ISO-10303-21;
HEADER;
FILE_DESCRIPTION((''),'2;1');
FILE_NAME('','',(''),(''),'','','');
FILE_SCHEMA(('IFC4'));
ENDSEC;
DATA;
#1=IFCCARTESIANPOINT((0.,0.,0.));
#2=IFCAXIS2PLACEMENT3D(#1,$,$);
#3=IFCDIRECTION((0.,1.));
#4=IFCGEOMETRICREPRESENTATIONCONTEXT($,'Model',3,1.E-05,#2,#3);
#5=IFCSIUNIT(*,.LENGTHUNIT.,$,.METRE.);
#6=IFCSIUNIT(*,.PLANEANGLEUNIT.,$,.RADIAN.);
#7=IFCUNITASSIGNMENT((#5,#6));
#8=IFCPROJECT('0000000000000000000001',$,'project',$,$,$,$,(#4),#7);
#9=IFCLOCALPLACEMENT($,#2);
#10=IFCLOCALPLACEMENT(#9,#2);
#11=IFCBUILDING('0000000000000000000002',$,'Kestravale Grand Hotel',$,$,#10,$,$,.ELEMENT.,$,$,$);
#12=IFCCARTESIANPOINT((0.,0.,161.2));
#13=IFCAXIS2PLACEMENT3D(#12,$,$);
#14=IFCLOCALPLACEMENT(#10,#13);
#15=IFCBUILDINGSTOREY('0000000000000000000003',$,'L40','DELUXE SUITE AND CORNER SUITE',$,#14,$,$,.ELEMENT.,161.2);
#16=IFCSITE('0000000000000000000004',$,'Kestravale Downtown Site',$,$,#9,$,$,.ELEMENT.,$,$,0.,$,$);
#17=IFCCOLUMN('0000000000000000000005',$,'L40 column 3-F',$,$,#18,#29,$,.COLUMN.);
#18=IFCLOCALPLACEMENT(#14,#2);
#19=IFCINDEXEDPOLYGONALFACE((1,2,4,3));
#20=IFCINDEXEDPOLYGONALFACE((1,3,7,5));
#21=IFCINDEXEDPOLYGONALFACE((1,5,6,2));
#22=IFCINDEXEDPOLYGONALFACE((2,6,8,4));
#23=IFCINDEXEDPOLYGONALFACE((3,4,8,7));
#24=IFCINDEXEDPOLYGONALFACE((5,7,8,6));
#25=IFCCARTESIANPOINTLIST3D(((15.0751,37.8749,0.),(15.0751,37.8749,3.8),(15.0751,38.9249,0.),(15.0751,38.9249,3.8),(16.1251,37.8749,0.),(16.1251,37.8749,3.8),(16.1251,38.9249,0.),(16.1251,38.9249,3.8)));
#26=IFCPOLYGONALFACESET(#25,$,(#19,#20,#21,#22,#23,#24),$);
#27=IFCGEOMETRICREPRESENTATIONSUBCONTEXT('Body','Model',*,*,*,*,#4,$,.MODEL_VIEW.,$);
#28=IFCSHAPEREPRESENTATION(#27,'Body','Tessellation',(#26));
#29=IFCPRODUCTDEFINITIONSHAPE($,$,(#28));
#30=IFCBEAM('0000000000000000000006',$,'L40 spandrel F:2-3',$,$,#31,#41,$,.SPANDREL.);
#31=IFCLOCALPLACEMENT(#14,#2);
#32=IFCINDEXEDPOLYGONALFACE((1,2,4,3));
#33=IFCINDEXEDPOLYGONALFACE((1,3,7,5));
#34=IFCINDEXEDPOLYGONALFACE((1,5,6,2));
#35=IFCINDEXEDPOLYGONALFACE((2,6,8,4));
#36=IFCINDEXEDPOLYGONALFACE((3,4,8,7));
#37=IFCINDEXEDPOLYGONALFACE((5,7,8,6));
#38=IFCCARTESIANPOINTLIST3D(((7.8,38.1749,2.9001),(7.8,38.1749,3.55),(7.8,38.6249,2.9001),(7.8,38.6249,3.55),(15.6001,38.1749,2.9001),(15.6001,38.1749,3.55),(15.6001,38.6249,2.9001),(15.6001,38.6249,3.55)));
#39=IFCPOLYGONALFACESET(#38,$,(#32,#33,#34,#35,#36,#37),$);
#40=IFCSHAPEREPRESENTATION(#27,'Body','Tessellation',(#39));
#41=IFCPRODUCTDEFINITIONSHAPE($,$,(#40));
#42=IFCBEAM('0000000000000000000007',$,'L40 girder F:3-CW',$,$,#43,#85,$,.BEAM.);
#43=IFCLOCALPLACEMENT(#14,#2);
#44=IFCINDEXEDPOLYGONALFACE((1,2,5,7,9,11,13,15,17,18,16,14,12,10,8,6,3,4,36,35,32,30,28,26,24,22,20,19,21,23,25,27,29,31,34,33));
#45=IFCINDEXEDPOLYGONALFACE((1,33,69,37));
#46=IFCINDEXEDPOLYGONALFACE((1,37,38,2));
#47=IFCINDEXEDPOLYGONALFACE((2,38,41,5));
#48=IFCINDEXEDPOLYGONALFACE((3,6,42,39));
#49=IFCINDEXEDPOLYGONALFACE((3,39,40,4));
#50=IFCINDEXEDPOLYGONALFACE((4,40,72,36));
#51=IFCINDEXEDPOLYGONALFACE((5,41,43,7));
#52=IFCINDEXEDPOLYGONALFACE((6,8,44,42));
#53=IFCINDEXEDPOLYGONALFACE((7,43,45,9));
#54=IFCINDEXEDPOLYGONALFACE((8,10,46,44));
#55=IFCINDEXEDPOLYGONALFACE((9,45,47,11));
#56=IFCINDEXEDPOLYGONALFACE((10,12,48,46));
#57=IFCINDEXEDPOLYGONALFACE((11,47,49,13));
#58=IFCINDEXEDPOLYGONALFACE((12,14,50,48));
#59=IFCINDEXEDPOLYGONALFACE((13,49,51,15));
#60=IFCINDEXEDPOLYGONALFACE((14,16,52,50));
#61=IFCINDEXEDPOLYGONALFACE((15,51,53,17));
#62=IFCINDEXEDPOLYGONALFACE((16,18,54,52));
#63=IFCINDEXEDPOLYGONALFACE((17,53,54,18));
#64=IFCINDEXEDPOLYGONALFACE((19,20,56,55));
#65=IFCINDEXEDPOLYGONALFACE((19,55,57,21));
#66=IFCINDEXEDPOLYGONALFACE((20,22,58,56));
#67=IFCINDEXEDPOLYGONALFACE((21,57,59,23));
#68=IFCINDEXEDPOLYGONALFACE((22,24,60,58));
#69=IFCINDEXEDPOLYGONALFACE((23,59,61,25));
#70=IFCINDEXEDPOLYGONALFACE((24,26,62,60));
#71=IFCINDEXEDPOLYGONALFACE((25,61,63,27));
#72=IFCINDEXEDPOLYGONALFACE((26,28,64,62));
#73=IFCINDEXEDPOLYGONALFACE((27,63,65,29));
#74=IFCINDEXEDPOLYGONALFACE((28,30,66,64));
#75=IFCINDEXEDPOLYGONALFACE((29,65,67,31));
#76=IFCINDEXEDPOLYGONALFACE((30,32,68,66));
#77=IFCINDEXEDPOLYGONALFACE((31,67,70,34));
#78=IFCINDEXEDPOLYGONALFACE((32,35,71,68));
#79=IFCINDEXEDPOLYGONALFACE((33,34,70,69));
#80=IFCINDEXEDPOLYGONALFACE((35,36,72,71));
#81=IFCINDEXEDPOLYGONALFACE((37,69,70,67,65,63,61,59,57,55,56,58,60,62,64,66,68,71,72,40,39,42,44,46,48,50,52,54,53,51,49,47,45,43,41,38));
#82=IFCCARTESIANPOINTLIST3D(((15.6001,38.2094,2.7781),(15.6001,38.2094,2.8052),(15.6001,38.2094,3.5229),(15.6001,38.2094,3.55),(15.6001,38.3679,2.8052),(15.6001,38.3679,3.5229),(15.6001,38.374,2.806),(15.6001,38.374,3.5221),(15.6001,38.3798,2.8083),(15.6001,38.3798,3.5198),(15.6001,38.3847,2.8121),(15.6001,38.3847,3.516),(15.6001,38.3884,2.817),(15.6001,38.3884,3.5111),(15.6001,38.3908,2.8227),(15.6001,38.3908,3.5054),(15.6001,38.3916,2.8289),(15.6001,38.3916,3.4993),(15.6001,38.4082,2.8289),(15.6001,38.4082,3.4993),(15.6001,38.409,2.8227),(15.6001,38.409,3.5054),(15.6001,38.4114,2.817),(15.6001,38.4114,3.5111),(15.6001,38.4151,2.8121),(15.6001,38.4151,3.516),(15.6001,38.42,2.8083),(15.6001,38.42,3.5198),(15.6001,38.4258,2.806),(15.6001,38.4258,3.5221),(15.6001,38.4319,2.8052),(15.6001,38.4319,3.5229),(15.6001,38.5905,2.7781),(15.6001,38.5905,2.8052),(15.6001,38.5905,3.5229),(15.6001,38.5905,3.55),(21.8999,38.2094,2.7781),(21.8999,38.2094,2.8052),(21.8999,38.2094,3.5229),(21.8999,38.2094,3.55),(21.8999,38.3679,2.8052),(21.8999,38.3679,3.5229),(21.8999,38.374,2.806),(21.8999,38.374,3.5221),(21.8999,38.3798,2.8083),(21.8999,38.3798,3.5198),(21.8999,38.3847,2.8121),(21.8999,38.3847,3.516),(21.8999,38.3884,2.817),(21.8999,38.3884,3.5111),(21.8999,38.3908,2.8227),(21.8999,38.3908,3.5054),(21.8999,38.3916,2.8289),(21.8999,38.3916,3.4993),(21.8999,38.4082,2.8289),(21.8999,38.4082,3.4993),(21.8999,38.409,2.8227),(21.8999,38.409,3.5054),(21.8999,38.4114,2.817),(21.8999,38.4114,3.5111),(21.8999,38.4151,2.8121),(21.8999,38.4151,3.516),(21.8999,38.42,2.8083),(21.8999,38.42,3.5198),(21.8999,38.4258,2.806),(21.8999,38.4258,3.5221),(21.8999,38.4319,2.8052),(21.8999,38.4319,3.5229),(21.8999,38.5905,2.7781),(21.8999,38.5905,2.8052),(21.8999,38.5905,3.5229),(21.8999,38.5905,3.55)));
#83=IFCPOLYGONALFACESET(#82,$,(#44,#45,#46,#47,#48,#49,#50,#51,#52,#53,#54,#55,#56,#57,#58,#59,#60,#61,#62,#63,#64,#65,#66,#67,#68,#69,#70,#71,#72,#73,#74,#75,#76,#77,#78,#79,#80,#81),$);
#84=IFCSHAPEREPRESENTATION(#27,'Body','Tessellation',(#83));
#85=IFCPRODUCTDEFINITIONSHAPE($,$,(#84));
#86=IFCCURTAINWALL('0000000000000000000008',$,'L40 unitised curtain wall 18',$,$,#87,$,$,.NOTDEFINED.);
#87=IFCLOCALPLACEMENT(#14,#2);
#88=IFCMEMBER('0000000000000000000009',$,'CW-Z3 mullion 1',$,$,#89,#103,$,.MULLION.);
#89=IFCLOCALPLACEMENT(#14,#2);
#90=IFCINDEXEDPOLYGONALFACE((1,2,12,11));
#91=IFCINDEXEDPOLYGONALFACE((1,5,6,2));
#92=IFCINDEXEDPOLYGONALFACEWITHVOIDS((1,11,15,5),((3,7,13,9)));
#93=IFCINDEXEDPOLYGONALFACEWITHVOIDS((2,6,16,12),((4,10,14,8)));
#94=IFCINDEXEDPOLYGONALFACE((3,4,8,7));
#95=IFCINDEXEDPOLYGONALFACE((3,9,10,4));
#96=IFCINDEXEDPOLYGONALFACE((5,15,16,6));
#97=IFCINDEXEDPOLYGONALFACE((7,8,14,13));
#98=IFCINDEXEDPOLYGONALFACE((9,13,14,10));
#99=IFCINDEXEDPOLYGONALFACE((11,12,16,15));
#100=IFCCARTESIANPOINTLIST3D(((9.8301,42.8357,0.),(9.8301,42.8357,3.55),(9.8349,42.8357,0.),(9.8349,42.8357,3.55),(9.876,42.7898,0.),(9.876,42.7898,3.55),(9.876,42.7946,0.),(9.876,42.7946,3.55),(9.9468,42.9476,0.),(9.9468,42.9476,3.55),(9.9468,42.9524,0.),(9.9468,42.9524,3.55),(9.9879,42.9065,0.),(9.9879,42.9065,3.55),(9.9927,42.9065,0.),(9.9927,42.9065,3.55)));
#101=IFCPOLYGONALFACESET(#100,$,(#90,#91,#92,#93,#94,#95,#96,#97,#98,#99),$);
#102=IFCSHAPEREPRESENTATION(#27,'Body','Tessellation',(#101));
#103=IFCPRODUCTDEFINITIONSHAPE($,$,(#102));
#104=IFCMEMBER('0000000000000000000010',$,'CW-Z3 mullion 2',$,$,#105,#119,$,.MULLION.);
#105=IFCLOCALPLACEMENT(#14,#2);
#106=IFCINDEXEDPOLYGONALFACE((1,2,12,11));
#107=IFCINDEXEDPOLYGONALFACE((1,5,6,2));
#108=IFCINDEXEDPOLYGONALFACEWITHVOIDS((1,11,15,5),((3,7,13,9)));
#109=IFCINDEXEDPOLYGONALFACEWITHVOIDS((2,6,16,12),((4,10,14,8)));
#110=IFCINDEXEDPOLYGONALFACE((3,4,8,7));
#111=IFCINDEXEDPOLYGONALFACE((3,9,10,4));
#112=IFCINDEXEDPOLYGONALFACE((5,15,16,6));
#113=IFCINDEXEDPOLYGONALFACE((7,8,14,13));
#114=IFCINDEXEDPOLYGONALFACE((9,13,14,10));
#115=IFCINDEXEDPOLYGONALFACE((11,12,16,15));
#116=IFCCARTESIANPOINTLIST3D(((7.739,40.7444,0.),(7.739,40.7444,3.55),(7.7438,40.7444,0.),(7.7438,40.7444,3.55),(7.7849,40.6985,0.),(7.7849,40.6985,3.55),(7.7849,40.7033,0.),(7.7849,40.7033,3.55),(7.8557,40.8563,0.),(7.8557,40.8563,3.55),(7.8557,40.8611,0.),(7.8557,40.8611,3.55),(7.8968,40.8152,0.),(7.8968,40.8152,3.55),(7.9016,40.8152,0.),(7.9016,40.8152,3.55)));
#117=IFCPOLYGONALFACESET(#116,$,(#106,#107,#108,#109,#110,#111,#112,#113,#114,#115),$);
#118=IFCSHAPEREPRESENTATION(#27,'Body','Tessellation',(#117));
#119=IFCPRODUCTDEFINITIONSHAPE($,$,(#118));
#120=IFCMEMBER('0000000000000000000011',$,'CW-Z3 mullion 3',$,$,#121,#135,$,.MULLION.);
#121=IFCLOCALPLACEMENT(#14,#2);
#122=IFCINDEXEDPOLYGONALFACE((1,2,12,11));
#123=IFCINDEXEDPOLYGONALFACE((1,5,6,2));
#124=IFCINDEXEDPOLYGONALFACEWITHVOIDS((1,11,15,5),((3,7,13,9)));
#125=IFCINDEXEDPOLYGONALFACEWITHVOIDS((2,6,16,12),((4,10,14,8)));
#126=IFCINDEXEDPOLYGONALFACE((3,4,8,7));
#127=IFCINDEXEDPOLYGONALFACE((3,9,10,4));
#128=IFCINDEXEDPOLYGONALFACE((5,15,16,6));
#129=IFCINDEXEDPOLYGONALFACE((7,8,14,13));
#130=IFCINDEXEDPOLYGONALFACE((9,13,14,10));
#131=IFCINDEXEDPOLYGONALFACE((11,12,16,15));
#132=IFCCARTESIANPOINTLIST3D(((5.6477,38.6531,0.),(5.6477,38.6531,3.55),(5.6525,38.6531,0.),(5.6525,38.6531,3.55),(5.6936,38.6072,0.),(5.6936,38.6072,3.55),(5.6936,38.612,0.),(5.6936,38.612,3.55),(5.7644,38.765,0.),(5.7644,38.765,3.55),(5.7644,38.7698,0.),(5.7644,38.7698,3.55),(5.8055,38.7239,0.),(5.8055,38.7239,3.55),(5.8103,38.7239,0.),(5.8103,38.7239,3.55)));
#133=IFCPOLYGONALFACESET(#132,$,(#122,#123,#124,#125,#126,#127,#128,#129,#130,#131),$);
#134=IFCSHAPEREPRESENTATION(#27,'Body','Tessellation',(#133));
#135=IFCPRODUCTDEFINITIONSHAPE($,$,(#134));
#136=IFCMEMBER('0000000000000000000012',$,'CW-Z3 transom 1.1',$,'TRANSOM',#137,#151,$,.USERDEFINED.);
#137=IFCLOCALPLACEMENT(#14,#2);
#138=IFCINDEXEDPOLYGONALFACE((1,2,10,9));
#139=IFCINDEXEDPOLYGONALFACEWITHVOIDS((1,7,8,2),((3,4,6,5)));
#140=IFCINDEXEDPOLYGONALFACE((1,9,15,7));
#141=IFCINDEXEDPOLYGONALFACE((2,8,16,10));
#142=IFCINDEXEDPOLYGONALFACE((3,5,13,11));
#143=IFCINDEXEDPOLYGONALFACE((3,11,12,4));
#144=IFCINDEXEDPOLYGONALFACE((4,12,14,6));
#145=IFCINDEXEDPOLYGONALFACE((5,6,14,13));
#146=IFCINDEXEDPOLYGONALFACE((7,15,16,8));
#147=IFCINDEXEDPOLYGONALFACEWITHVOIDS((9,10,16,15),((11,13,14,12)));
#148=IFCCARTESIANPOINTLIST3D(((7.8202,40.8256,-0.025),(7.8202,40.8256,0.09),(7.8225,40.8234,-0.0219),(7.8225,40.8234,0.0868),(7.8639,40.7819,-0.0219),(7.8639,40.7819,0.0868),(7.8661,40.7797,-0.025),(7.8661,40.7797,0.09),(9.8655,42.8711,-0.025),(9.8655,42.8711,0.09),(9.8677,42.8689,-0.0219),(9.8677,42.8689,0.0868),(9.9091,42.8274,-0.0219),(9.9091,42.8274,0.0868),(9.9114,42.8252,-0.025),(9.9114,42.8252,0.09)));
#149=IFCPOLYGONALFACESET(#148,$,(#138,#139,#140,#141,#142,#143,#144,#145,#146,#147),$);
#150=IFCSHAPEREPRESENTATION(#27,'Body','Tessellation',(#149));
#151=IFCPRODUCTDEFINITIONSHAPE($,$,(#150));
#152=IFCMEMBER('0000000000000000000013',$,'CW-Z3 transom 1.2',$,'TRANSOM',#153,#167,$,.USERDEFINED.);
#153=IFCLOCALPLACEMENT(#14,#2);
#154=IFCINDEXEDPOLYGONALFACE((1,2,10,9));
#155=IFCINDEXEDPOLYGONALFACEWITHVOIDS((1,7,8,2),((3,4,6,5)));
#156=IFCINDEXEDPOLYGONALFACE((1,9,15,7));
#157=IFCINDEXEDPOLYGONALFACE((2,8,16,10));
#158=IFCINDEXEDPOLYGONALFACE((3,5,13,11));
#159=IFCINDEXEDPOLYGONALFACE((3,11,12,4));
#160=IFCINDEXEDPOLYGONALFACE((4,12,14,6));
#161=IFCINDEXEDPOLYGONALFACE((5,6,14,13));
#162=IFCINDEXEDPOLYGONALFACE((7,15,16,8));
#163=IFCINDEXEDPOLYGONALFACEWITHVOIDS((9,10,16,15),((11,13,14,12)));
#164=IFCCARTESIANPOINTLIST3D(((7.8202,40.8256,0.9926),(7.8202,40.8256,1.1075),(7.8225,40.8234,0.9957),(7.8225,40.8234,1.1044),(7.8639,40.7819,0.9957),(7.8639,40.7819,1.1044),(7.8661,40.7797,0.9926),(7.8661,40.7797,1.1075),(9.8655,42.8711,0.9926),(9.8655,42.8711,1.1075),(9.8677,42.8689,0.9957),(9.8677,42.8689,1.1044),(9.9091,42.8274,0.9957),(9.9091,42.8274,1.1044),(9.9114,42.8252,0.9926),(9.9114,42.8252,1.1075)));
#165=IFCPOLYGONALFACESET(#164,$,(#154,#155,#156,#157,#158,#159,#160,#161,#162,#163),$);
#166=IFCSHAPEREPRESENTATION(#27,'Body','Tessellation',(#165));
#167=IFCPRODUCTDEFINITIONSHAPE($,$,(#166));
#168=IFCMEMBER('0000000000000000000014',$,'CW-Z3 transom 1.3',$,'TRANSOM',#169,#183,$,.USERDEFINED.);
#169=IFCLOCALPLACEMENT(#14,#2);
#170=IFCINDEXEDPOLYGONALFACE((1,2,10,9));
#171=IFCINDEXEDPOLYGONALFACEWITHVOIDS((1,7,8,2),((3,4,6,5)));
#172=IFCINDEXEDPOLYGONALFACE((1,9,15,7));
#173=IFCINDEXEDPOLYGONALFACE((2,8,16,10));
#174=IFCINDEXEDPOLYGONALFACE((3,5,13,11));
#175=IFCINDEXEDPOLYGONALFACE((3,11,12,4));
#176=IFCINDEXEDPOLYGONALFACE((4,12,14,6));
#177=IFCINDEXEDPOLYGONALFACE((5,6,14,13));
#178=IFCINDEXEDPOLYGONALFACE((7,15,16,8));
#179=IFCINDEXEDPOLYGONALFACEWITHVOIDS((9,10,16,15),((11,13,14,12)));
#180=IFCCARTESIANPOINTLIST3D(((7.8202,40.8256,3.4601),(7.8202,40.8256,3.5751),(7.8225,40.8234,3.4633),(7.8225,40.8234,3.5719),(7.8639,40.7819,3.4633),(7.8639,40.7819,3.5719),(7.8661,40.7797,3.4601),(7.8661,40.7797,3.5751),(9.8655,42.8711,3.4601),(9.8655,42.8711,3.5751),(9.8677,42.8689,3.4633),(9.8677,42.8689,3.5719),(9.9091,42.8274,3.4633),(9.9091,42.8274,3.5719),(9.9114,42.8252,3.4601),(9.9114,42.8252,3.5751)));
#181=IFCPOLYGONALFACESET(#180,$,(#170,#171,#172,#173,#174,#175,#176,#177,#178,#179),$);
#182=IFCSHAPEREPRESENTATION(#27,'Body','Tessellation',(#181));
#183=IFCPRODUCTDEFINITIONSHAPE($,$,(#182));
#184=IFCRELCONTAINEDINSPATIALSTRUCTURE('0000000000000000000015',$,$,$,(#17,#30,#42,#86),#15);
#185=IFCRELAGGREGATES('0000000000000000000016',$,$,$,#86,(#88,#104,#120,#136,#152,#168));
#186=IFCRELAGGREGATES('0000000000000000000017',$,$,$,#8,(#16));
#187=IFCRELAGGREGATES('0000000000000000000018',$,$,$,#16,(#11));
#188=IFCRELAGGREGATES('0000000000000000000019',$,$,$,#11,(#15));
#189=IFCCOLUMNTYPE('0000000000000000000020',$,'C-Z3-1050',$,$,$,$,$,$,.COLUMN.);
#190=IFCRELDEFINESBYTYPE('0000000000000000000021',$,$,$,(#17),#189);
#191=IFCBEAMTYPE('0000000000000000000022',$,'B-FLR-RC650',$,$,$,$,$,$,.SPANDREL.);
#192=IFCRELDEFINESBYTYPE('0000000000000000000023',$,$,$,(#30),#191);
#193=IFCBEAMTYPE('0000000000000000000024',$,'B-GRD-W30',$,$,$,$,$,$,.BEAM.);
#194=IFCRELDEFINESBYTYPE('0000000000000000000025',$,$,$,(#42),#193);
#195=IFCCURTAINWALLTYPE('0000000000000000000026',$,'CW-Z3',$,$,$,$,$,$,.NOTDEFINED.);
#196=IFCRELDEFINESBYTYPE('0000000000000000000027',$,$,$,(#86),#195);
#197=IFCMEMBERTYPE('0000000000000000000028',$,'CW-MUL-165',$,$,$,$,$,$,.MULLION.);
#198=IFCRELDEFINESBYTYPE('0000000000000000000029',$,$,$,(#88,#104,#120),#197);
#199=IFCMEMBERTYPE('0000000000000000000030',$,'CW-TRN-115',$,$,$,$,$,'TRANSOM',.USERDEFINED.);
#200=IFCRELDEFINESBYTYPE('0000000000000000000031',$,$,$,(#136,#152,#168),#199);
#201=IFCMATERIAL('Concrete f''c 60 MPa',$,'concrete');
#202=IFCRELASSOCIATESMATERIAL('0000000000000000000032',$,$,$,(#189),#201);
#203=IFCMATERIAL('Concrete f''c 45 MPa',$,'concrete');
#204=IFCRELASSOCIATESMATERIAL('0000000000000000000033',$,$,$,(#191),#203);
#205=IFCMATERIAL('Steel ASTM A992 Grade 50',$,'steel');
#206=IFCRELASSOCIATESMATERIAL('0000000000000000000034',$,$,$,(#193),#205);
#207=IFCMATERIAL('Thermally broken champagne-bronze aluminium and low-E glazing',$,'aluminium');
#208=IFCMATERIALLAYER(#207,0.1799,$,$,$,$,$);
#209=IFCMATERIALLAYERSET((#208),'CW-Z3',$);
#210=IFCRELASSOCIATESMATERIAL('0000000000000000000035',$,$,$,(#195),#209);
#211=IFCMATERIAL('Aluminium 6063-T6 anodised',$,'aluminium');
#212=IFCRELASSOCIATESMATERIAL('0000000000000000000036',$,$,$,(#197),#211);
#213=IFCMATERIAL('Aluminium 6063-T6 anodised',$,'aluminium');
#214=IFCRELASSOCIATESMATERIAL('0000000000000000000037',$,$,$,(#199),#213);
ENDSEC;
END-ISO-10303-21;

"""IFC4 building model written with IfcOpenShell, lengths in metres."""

from ifc_helpers import new_model, si_unit, direction, frame, origin, origin_2d, place, context, subcontext, project, spatial, rectangle, hollow_rectangle, i_section, extrude, material, layer, layer_set, material_profile, profile_set, type_object, element, aggregate, save


model = new_model("IFC4")

# Units and contexts
model_context = context("Model", 3, precision=1e-05, world=origin(), true_north=direction((0.0, 1.0)))
body_context = subcontext(model_context, "Body", "Model", "MODEL_VIEW")
ifc_project = project(units=[si_unit("LENGTHUNIT", "METRE"), si_unit("PLANEANGLEUNIT", "RADIAN")], contexts=[model_context])

# Site, building, storey
site_placement = place(None, origin())
site = spatial("IfcSite", under=ifc_project, at=site_placement, Name="Kestravale Downtown Site", CompositionType="ELEMENT", RefElevation=0.0)
building_placement = place(site_placement, origin())
building = spatial("IfcBuilding", under=site, at=building_placement, Name="Kestravale Grand Hotel", CompositionType="ELEMENT")
storey_placement = place(building_placement, frame((0.0, 0.0, 161.2)))
storey = spatial("IfcBuildingStorey", under=building, at=storey_placement, Name="L40", Description="DELUXE SUITE AND CORNER SUITE", CompositionType="ELEMENT", Elevation=161.2)

# Column
ifc_material_1 = material(Name="Concrete f'c 60 MPa", Category="concrete")
ifc_material_profile_1 = material_profile(ifc_material_1, rectangle(XDim=1.05, YDim=1.05, at=origin_2d()))
ifc_profile_set_1 = profile_set([ifc_material_profile_1], Name="Concrete f'c 60 MPa")
column_type = type_object("IfcColumnType", Name="C-Z3-1050", PredefinedType="COLUMN", material=ifc_profile_set_1)
column_placement = place(storey_placement, frame((15.6001, 38.3999, 0.0), z_axis=(0.0, 0.0, 1.0), x_axis=(1.0, 0.0, 0.0)))
element("IfcColumn", 1, at=column_placement, inside=storey, type_object=column_type, Name="L40 column 3-F", PredefinedType="COLUMN", context=body_context, shape_type="SweptSolid", body=[
    extrude(rectangle(XDim=1.05, YDim=1.05, at=origin_2d()), origin(), (0.0, 0.0, 1.0), 3.8),
])

# Beams
ifc_material_2 = material(Name="Concrete f'c 45 MPa", Category="concrete")
ifc_material_profile_2 = material_profile(ifc_material_2, rectangle(XDim=0.45, YDim=0.6499, at=origin_2d()))
ifc_profile_set_2 = profile_set([ifc_material_profile_2], Name="Concrete f'c 45 MPa")
beam_type_1 = type_object("IfcBeamType", Name="B-FLR-RC650", PredefinedType="SPANDREL", material=ifc_profile_set_2)
beam_1_placement = place(storey_placement, frame((7.8, 38.3999, 3.2251), z_axis=(1.0, 0.0, 0.0), x_axis=(0.0, 1.0, 0.0)))
element("IfcBeam", 2, at=beam_1_placement, inside=storey, type_object=beam_type_1, Name="L40 spandrel F:2-3", PredefinedType="SPANDREL", context=body_context, shape_type="SweptSolid", body=[
    extrude(rectangle(XDim=0.45, YDim=0.6499, at=origin_2d()), origin(), (0.0, 0.0, 1.0), 7.8),
])
ifc_material_3 = material(Name="Steel ASTM A992 Grade 50", Category="steel")
ifc_material_profile_3 = material_profile(ifc_material_3, i_section(OverallWidth=0.3811, OverallDepth=0.772, WebThickness=0.0166, FlangeThickness=0.0271, FilletRadius=0.0237, at=origin_2d()))
ifc_profile_set_3 = profile_set([ifc_material_profile_3], Name="Steel ASTM A992 Grade 50")
beam_type_2 = type_object("IfcBeamType", Name="B-GRD-W30", PredefinedType="BEAM", material=ifc_profile_set_3)
beam_2_placement = place(storey_placement, frame((15.6001, 38.3999, 3.1641), z_axis=(1.0, 0.0, 0.0), x_axis=(0.0, 1.0, 0.0)))
element("IfcBeam", 3, at=beam_2_placement, inside=storey, type_object=beam_type_2, Name="L40 girder F:3-CW", PredefinedType="BEAM", context=body_context, shape_type="SweptSolid", body=[
    extrude(i_section(OverallWidth=0.3811, OverallDepth=0.772, WebThickness=0.0166, FlangeThickness=0.0271, FilletRadius=0.0237, at=origin_2d()), origin(), (0.0, 0.0, 1.0), 6.2998),
])

# Curtain wall, members
ifc_material_4 = material(Name="Thermally broken champagne-bronze aluminium and low-E glazing", Category="aluminium")
ifc_layer_1 = layer(ifc_material_4, 0.1799)
ifc_layer_set_1 = layer_set([ifc_layer_1], Name="CW-Z3")
curtain_wall_type = type_object("IfcCurtainWallType", Name="CW-Z3", PredefinedType="NOTDEFINED", material=ifc_layer_set_1)
curtain_wall_placement = place(storey_placement, origin())
curtain_wall = element("IfcCurtainWall", 4, at=curtain_wall_placement, inside=storey, type_object=curtain_wall_type, Name="L40 unitised curtain wall 18", PredefinedType="NOTDEFINED")
ifc_material_5 = material(Name="Aluminium 6063-T6 anodised", Category="aluminium")
ifc_material_profile_4 = material_profile(ifc_material_5, hollow_rectangle(XDim=0.0649, YDim=0.165, WallThickness=0.0034, at=origin_2d()))
ifc_profile_set_4 = profile_set([ifc_material_profile_4], Name="Aluminium 6063-T6 anodised")
member_type_1 = type_object("IfcMemberType", Name="CW-MUL-165", PredefinedType="MULLION", material=ifc_profile_set_4)
member_1_placement = place(storey_placement, frame((9.9114, 42.8711, 0.0), z_axis=(0.0, 0.0, 1.0), x_axis=(0.707107, -0.707107, 0.0)))
member_1 = element("IfcMember", 5, at=member_1_placement, type_object=member_type_1, Name="CW-Z3 mullion 1", PredefinedType="MULLION", context=body_context, shape_type="SweptSolid", body=[
    extrude(hollow_rectangle(XDim=0.0649, YDim=0.165, WallThickness=0.0034, at=origin_2d()), origin(), (0.0, 0.0, 1.0), 3.55),
])
member_2_placement = place(storey_placement, frame((7.8203, 40.7798, 0.0), z_axis=(0.0, 0.0, 1.0), x_axis=(0.707107, -0.707107, 0.0)))
member_2 = element("IfcMember", 6, at=member_2_placement, type_object=member_type_1, Name="CW-Z3 mullion 2", PredefinedType="MULLION", context=body_context, shape_type="SweptSolid", body=[
    extrude(hollow_rectangle(XDim=0.0649, YDim=0.165, WallThickness=0.0034, at=origin_2d()), origin(), (0.0, 0.0, 1.0), 3.55),
])
member_3_placement = place(storey_placement, frame((5.729, 38.6885, 0.0), z_axis=(0.0, 0.0, 1.0), x_axis=(0.707107, -0.707107, 0.0)))
member_3 = element("IfcMember", 7, at=member_3_placement, type_object=member_type_1, Name="CW-Z3 mullion 3", PredefinedType="MULLION", context=body_context, shape_type="SweptSolid", body=[
    extrude(hollow_rectangle(XDim=0.0649, YDim=0.165, WallThickness=0.0034, at=origin_2d()), origin(), (0.0, 0.0, 1.0), 3.55),
])
ifc_material_6 = material(Name="Aluminium 6063-T6 anodised", Category="aluminium")
ifc_material_profile_5 = material_profile(ifc_material_6, hollow_rectangle(XDim=0.0649, YDim=0.115, WallThickness=0.0032, at=origin_2d()))
ifc_profile_set_5 = profile_set([ifc_material_profile_5], Name="Aluminium 6063-T6 anodised")
member_type_2 = type_object("IfcMemberType", Name="CW-TRN-115", ElementType="TRANSOM", PredefinedType="USERDEFINED", material=ifc_profile_set_5)
member_4_placement = place(storey_placement, frame((9.8884, 42.8481, 0.0325), z_axis=(-0.707065, -0.707149, 0.0), x_axis=(0.707149, -0.707065, 0.0)))
member_4 = element("IfcMember", 8, at=member_4_placement, type_object=member_type_2, Name="CW-Z3 transom 1.1", ObjectType="TRANSOM", PredefinedType="USERDEFINED", context=body_context, shape_type="SweptSolid", body=[
    extrude(hollow_rectangle(XDim=0.0649, YDim=0.115, WallThickness=0.0032, at=origin_2d()), origin(), (0.0, 0.0, 1.0), 2.8926),
])
member_5_placement = place(storey_placement, frame((9.8884, 42.8481, 1.05), z_axis=(-0.707065, -0.707149, 0.0), x_axis=(0.707149, -0.707065, 0.0)))
member_5 = element("IfcMember", 9, at=member_5_placement, type_object=member_type_2, Name="CW-Z3 transom 1.2", ObjectType="TRANSOM", PredefinedType="USERDEFINED", context=body_context, shape_type="SweptSolid", body=[
    extrude(hollow_rectangle(XDim=0.0649, YDim=0.115, WallThickness=0.0032, at=origin_2d()), origin(), (0.0, 0.0, 1.0), 2.8926),
])
member_6_placement = place(storey_placement, frame((9.8884, 42.8481, 3.5176), z_axis=(-0.707065, -0.707149, 0.0), x_axis=(0.707149, -0.707065, 0.0)))
member_6 = element("IfcMember", 10, at=member_6_placement, type_object=member_type_2, Name="CW-Z3 transom 1.3", ObjectType="TRANSOM", PredefinedType="USERDEFINED", context=body_context, shape_type="SweptSolid", body=[
    extrude(hollow_rectangle(XDim=0.0649, YDim=0.115, WallThickness=0.0032, at=origin_2d()), origin(), (0.0, 0.0, 1.0), 2.8926),
])
aggregate(curtain_wall, [member_1, member_2, member_3, member_4, member_5, member_6])

save(model, "model.ifc")
